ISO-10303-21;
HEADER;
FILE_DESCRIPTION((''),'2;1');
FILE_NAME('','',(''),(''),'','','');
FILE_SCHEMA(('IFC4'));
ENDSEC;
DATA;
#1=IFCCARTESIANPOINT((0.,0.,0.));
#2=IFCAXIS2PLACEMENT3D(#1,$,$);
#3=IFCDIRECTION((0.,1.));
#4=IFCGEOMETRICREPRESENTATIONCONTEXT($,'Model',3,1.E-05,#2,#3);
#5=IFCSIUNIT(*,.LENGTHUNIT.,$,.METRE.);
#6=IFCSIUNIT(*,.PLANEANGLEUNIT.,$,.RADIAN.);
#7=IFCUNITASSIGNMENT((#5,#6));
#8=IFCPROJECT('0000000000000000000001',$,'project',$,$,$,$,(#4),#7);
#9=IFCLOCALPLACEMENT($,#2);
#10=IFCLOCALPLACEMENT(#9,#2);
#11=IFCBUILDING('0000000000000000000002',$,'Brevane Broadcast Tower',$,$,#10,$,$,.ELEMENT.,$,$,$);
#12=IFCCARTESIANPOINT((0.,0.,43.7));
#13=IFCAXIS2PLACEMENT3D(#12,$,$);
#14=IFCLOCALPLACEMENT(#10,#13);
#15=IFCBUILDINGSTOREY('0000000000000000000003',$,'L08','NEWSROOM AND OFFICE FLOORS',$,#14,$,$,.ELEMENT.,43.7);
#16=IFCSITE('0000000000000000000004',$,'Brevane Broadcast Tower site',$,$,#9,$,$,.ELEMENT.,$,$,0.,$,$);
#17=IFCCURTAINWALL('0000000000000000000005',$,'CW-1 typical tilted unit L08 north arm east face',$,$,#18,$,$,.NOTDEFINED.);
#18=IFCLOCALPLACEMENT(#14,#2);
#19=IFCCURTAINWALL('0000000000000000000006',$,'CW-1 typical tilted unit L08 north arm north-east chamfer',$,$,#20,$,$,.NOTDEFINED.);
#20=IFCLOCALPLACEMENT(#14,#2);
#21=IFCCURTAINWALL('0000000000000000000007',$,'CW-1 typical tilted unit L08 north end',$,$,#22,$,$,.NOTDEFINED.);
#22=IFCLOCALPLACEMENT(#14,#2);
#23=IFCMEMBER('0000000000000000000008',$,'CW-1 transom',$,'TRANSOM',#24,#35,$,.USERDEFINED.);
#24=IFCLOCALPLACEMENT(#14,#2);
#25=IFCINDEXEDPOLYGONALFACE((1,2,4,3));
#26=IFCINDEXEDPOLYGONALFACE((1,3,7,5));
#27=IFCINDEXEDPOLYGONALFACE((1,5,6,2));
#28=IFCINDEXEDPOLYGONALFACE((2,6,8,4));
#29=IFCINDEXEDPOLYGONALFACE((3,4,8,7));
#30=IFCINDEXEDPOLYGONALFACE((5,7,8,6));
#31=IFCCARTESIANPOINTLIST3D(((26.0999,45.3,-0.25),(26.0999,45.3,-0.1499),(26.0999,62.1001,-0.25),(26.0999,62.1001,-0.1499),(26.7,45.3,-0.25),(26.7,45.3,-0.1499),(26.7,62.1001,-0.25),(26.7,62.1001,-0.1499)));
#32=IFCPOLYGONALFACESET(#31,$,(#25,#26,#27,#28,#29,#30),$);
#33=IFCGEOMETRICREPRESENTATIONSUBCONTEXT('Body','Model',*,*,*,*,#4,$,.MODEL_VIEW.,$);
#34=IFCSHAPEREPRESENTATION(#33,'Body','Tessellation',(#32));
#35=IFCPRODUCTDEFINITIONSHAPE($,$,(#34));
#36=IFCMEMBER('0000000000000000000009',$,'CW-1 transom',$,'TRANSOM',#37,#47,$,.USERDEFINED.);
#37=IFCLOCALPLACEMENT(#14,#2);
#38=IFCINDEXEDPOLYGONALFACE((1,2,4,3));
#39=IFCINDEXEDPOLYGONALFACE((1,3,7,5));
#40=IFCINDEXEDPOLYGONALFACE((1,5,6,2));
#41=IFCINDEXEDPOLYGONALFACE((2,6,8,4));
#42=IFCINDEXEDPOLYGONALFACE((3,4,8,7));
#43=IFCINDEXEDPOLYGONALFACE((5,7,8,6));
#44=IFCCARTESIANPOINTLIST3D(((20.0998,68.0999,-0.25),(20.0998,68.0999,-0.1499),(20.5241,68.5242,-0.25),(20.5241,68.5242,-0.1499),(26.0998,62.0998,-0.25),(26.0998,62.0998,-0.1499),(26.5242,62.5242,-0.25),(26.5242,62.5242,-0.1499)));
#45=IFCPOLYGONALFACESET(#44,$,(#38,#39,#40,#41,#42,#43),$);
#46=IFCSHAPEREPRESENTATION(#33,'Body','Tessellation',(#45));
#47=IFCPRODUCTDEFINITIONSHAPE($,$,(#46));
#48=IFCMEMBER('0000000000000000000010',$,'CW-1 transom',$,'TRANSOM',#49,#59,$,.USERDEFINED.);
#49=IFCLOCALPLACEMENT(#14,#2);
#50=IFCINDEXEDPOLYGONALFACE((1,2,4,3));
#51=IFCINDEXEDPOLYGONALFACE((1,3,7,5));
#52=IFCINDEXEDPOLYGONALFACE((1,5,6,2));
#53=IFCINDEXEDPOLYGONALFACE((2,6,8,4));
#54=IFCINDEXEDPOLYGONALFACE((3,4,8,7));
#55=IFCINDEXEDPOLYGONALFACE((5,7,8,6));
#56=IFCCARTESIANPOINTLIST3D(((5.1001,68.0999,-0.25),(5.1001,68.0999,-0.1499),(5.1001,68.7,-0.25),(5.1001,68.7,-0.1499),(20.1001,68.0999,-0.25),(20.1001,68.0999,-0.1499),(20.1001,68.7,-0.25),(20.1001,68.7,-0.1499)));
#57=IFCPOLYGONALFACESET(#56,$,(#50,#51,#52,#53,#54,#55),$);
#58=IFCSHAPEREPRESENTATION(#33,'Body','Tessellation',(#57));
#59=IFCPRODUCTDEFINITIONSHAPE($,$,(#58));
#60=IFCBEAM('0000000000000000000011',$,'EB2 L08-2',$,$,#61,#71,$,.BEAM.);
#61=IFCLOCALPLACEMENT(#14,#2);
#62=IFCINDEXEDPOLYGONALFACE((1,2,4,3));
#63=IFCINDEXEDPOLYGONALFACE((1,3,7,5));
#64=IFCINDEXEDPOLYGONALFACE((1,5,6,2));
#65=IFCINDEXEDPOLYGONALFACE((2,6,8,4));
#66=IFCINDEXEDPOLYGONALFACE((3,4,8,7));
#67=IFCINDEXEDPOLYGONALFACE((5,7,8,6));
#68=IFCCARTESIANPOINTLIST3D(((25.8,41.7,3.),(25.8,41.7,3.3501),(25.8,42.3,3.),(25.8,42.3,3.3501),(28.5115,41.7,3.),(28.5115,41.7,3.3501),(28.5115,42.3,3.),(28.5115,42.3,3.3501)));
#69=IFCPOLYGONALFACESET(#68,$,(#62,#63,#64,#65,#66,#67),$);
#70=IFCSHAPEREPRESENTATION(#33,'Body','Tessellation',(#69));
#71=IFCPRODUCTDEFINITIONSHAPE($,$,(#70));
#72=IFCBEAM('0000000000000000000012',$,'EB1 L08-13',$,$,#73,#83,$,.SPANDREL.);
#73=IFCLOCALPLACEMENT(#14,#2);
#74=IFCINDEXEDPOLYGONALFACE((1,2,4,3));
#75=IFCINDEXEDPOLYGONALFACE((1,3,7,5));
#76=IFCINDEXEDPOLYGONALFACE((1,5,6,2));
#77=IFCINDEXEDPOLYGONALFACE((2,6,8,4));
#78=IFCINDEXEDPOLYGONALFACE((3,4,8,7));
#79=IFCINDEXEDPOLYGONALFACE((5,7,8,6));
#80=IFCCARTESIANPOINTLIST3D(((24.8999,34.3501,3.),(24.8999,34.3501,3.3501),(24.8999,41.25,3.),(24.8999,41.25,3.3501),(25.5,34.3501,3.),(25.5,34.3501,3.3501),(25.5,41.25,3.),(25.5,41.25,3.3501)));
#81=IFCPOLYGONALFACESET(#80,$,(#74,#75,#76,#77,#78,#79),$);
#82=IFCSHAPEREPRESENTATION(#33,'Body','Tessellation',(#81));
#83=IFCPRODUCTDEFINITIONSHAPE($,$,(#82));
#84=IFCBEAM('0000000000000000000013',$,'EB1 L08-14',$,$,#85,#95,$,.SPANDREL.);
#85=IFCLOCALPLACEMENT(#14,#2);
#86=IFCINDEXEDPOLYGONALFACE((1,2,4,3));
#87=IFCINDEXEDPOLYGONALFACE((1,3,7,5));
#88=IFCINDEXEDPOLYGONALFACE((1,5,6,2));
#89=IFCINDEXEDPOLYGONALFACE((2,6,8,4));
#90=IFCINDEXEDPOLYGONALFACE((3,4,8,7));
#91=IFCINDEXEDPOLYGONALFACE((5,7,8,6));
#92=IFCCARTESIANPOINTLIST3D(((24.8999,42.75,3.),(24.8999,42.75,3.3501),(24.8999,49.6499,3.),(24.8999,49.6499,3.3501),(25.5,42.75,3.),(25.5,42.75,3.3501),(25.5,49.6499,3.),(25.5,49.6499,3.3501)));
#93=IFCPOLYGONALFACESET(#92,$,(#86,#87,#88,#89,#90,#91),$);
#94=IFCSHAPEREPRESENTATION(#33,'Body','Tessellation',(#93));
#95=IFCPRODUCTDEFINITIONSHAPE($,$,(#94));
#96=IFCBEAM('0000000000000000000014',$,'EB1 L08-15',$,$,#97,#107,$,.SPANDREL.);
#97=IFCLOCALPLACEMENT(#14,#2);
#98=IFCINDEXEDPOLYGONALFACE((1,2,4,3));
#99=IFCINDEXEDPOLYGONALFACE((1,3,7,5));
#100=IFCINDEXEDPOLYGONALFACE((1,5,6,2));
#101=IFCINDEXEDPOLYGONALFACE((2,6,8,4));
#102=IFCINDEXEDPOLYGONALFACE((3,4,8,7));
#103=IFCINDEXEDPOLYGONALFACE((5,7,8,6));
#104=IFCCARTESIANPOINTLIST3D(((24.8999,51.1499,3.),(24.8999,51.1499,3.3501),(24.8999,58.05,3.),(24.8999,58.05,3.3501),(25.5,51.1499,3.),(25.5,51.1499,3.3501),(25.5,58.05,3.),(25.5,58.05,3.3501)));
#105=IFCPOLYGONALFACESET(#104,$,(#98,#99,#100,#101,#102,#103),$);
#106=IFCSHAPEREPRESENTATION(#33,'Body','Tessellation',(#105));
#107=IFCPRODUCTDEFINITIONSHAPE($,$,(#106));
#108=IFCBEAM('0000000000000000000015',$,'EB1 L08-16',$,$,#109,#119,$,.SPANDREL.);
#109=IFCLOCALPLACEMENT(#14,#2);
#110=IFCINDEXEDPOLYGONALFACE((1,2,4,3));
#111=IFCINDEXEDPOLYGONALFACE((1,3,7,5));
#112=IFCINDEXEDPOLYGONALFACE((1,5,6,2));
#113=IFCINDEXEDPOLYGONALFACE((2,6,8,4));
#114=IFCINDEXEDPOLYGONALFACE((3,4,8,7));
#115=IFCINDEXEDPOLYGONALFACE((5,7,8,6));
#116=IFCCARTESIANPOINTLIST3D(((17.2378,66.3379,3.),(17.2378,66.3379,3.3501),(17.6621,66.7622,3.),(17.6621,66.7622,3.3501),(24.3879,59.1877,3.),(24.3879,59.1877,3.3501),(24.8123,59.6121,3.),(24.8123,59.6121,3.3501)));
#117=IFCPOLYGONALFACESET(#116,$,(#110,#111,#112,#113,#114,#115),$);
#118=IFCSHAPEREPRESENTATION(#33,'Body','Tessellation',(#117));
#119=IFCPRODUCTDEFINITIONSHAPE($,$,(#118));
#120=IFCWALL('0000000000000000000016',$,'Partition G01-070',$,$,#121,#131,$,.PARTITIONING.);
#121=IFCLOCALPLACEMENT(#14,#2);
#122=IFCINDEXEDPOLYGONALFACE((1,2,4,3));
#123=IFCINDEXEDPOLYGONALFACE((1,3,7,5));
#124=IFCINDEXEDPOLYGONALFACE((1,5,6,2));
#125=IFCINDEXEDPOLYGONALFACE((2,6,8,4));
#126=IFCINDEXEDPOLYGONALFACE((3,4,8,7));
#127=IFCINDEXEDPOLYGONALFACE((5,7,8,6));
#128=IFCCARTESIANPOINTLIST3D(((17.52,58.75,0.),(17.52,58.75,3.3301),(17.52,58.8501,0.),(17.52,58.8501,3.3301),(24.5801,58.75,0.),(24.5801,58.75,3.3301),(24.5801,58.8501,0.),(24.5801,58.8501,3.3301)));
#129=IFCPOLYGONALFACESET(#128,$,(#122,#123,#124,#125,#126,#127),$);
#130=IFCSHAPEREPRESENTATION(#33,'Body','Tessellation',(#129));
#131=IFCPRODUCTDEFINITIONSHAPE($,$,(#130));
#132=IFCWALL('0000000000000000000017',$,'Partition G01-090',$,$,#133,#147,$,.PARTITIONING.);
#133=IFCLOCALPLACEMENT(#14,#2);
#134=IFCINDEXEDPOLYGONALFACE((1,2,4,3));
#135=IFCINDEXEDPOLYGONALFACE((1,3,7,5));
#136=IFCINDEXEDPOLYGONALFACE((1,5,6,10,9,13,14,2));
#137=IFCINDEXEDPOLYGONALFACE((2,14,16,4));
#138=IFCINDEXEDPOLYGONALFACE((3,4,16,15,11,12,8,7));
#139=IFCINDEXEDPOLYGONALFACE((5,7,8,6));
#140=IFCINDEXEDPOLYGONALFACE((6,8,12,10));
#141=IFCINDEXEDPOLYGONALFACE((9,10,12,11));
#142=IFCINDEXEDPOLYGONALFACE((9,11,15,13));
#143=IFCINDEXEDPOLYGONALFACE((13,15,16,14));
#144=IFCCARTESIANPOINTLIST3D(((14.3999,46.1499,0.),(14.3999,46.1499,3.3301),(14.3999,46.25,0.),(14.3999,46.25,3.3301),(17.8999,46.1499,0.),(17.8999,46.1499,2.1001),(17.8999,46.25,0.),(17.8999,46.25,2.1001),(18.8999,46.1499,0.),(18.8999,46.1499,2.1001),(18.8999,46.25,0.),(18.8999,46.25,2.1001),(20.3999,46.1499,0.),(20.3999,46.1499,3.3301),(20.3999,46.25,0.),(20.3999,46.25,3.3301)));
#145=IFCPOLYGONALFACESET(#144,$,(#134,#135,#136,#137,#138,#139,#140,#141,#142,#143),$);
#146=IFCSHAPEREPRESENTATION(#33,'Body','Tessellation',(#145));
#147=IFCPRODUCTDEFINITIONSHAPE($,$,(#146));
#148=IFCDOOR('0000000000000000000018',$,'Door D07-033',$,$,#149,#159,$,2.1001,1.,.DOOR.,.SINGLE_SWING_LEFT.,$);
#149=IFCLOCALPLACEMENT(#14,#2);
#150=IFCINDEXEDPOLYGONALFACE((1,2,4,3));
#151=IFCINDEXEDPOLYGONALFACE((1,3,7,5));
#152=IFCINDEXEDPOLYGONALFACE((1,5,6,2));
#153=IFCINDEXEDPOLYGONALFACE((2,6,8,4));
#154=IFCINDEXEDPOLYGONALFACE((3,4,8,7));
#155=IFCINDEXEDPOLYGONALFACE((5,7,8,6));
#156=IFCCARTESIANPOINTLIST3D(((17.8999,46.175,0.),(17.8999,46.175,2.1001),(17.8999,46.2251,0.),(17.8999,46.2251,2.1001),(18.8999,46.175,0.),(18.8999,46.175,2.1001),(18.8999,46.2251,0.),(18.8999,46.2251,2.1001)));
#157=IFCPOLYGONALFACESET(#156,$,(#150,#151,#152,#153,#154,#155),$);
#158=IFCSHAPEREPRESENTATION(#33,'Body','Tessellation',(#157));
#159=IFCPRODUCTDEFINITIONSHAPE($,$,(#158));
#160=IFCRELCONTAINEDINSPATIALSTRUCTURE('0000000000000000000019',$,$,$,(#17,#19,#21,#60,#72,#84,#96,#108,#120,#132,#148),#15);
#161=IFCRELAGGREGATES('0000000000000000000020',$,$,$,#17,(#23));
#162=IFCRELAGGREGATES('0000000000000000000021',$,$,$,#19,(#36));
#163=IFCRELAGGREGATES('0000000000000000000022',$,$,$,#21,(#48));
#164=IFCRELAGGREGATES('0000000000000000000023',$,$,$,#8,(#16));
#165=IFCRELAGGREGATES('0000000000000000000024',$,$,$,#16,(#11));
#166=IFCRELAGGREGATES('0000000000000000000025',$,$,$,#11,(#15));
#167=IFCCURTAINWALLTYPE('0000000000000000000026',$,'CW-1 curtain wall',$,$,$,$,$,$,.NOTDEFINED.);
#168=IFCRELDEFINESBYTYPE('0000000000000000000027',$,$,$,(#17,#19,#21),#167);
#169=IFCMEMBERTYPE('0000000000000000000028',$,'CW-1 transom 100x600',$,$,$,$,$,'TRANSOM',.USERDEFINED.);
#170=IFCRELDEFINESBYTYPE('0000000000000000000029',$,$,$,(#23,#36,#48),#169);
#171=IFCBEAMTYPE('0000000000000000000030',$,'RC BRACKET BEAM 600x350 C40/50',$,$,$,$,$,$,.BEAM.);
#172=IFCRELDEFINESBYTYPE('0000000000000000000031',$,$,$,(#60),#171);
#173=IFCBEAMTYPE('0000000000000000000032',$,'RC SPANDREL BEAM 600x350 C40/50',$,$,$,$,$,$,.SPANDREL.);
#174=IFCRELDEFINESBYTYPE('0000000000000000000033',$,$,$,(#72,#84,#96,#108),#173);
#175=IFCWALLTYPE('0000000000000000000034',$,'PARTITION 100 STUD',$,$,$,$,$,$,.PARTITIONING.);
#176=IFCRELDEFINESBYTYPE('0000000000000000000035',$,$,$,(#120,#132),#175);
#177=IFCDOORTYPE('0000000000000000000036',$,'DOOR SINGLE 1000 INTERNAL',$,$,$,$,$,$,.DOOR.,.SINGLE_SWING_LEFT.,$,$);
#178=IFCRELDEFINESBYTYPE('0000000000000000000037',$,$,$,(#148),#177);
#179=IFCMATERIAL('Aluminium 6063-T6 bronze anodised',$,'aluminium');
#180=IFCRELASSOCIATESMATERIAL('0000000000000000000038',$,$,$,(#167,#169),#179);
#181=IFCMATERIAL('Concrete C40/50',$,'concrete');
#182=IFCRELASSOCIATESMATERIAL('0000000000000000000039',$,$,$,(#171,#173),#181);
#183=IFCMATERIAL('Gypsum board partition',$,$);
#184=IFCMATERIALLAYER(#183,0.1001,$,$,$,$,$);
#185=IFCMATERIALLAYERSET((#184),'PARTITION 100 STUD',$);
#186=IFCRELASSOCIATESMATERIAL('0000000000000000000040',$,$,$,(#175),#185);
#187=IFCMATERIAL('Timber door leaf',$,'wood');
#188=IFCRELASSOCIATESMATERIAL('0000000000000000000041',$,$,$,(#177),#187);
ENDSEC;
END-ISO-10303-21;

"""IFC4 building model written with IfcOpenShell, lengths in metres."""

from ifc_helpers import new_model, si_unit, direction, frame, frame_2d, origin, origin_2d, place, context, subcontext, project, spatial, rectangle, extrude, material, layer, layer_set, material_profile, profile_set, type_object, element, fill, aggregate, save


model = new_model("IFC4")

# Units and contexts
model_context = context("Model", 3, precision=1e-05, world=origin(), true_north=direction((0.0, 1.0)))
body_context = subcontext(model_context, "Body", "Model", "MODEL_VIEW")
ifc_project = project(units=[si_unit("LENGTHUNIT", "METRE"), si_unit("PLANEANGLEUNIT", "RADIAN")], contexts=[model_context])

# Site, building, storey
site_placement = place(None, origin())
site = spatial("IfcSite", under=ifc_project, at=site_placement, Name="Brevane Broadcast Tower site", CompositionType="ELEMENT", RefElevation=0.0)
building_placement = place(site_placement, origin())
building = spatial("IfcBuilding", under=site, at=building_placement, Name="Brevane Broadcast Tower", CompositionType="ELEMENT")
storey_placement = place(building_placement, frame((0.0, 0.0, 43.7)))
storey = spatial("IfcBuildingStorey", under=building, at=storey_placement, Name="L08", Description="NEWSROOM AND OFFICE FLOORS", CompositionType="ELEMENT", Elevation=43.7)

# Curtain walls
ifc_material_1 = material(Name="Aluminium 6063-T6 bronze anodised", Category="aluminium")
curtain_wall_type = type_object("IfcCurtainWallType", Name="CW-1 curtain wall", PredefinedType="NOTDEFINED", material=ifc_material_1)
curtain_wall_1_placement = place(storey_placement, origin())
curtain_wall_1 = element("IfcCurtainWall", 1, at=curtain_wall_1_placement, inside=storey, type_object=curtain_wall_type, Name="CW-1 typical tilted unit L08 north arm east face", PredefinedType="NOTDEFINED")
curtain_wall_2_placement = place(storey_placement, origin())
curtain_wall_2 = element("IfcCurtainWall", 2, at=curtain_wall_2_placement, inside=storey, type_object=curtain_wall_type, Name="CW-1 typical tilted unit L08 north arm north-east chamfer", PredefinedType="NOTDEFINED")

# Curtain wall
curtain_wall_3_placement = place(storey_placement, origin())
curtain_wall_3 = element("IfcCurtainWall", 3, at=curtain_wall_3_placement, inside=storey, type_object=curtain_wall_type, Name="CW-1 typical tilted unit L08 north end", PredefinedType="NOTDEFINED")

# Members
ifc_material_profile_1 = material_profile(ifc_material_1, rectangle(XDim=0.6001, YDim=0.1001, at=origin_2d()), Name="RECT 100x600")
ifc_profile_set_1 = profile_set([ifc_material_profile_1], Name="Aluminium 6063-T6 bronze anodised")
member_type_1 = type_object("IfcMemberType", Name="CW-1 transom 100x600", ElementType="TRANSOM", PredefinedType="USERDEFINED", material=ifc_profile_set_1)
member_1_placement = place(storey_placement, frame((26.3999, 45.3, -0.2), z_axis=(0.0, 1.0, 0.0), x_axis=(-1.0, 0.0, 0.0)))
member_1 = element("IfcMember", 4, at=member_1_placement, type_object=member_type_1, Name="CW-1 transom", ObjectType="TRANSOM", PredefinedType="USERDEFINED", context=body_context, shape_type="SweptSolid", body=[
    extrude(rectangle(XDim=0.6001, YDim=0.1001, at=origin_2d()), origin(), (0.0, 0.0, 1.0), 16.8),
])
aggregate(curtain_wall_1, [member_1])
member_2_placement = place(storey_placement, frame((26.312, 62.312, -0.2), z_axis=(-0.707107, 0.707107, 0.0), x_axis=(-0.707107, -0.707107, 0.0)))
member_2 = element("IfcMember", 5, at=member_2_placement, type_object=member_type_1, Name="CW-1 transom", ObjectType="TRANSOM", PredefinedType="USERDEFINED", context=body_context, shape_type="SweptSolid", body=[
    extrude(rectangle(XDim=0.6001, YDim=0.1001, at=origin_2d()), origin(), (0.0, 0.0, 1.0), 8.4854),
])
aggregate(curtain_wall_2, [member_2])
member_3_placement = place(storey_placement, frame((20.1001, 68.3999, -0.2), z_axis=(-1.0, 0.0, 0.0), x_axis=(0.0, -1.0, 0.0)))
member_3 = element("IfcMember", 6, at=member_3_placement, type_object=member_type_1, Name="CW-1 transom", ObjectType="TRANSOM", PredefinedType="USERDEFINED", context=body_context, shape_type="SweptSolid", body=[
    extrude(rectangle(XDim=0.6001, YDim=0.1001, at=origin_2d()), origin(), (0.0, 0.0, 1.0), 15.0),
])
aggregate(curtain_wall_3, [member_3])

# Beams
ifc_material_2 = material(Name="Concrete C40/50", Category="concrete")
ifc_material_profile_2 = material_profile(ifc_material_2, rectangle(XDim=0.6001, YDim=0.3501, at=origin_2d()), Name="RC 600x350")
ifc_profile_set_2 = profile_set([ifc_material_profile_2], Name="Concrete C40/50")
beam_type_1 = type_object("IfcBeamType", Name="RC BRACKET BEAM 600x350 C40/50", PredefinedType="BEAM", material=ifc_profile_set_2)
beam_1_placement = place(storey_placement, frame((25.8, 42.0, 3.175), z_axis=(1.0, 0.0, 0.0), x_axis=(0.0, 1.0, 0.0)))
element("IfcBeam", 7, at=beam_1_placement, inside=storey, type_object=beam_type_1, Name="EB2 L08-2", PredefinedType="BEAM", context=body_context, shape_type="SweptSolid", body=[
    extrude(rectangle(XDim=0.6001, YDim=0.3501, at=origin_2d()), origin(), (0.0, 0.0, 1.0), 2.7114),
])
ifc_material_profile_3 = material_profile(ifc_material_2, rectangle(XDim=0.6001, YDim=0.3501, at=origin_2d()), Name="RC 600x350")
ifc_profile_set_3 = profile_set([ifc_material_profile_3], Name="Concrete C40/50")
beam_type_2 = type_object("IfcBeamType", Name="RC SPANDREL BEAM 600x350 C40/50", PredefinedType="SPANDREL", material=ifc_profile_set_3)
for number, where, z_axis, x_axis, name in (
    (8, (25.2, 34.3501, 3.175), (0.0, 1.0, 0.0), (-1.0, 0.0, 0.0), "EB1 L08-13"),
    (9, (25.2, 42.75, 3.175), (0.0, 1.0, 0.0), (-1.0, 0.0, 0.0), "EB1 L08-14"),
):
    element("IfcBeam", number, at=place(storey_placement, frame(where, z_axis=z_axis, x_axis=x_axis)), inside=storey, type_object=beam_type_2, Name=name, PredefinedType="SPANDREL", context=body_context, shape_type="SweptSolid", body=[
        extrude(rectangle(XDim=0.6001, YDim=0.3501, at=origin_2d()), origin(), (0.0, 0.0, 1.0), 6.8999),
    ])
beam_2_placement = place(storey_placement, frame((25.2, 51.1499, 3.175), z_axis=(0.0, 1.0, 0.0), x_axis=(-1.0, 0.0, 0.0)))
element("IfcBeam", 10, at=beam_2_placement, inside=storey, type_object=beam_type_2, Name="EB1 L08-15", PredefinedType="SPANDREL", context=body_context, shape_type="SweptSolid", body=[
    extrude(rectangle(XDim=0.6001, YDim=0.3501, at=origin_2d()), origin(), (0.0, 0.0, 1.0), 6.9001),
])
beam_3_placement = place(storey_placement, frame((24.6001, 59.3999, 3.175), z_axis=(-0.707107, 0.707107, 0.0), x_axis=(-0.707107, -0.707107, 0.0)))
element("IfcBeam", 11, at=beam_3_placement, inside=storey, type_object=beam_type_2, Name="EB1 L08-16", PredefinedType="SPANDREL", context=body_context, shape_type="SweptSolid", body=[
    extrude(rectangle(XDim=0.6001, YDim=0.3501, at=origin_2d()), origin(), (0.0, 0.0, 1.0), 10.1118),
])

# Wall
ifc_material_3 = material(Name="Gypsum board partition")
ifc_layer_1 = layer(ifc_material_3, 0.1001)
ifc_layer_set_1 = layer_set([ifc_layer_1], Name="PARTITION 100 STUD")
wall_type_1 = type_object("IfcWallType", Name="PARTITION 100 STUD", PredefinedType="PARTITIONING", material=ifc_layer_set_1)
wall_1_placement = place(storey_placement, frame((24.5801, 58.8, 0.0), z_axis=(0.0, 0.0, 1.0), x_axis=(-1.0, 0.0, 0.0)))
element("IfcWall", 12, at=wall_1_placement, inside=storey, type_object=wall_type_1, Name="Partition G01-070", PredefinedType="PARTITIONING", context=body_context, shape_type="SweptSolid", body=[
    extrude(rectangle(XDim=7.0601, YDim=0.1001, at=frame_2d((3.53, 0.0))), origin(), (0.0, 0.0, 1.0), 3.3301),
])

# Wall, opening, door
wall_2_placement = place(storey_placement, frame((20.3999, 46.2, 0.0), z_axis=(0.0, 0.0, 1.0), x_axis=(-1.0, 0.0, 0.0)))
wall_2 = element("IfcWall", 13, at=wall_2_placement, inside=storey, type_object=wall_type_1, Name="Partition G01-090", PredefinedType="PARTITIONING", context=body_context, shape_type="SweptSolid", body=[
    extrude(rectangle(XDim=6.0, YDim=0.1001, at=frame_2d((3.0, 0.0))), origin(), (0.0, 0.0, 1.0), 3.3301),
])
opening_1_placement = place(wall_2_placement, frame((1.5, 0.0, 0.0)))
opening_1 = element("IfcOpeningElement", 14, at=opening_1_placement, cuts=wall_2, PredefinedType="OPENING", context=body_context, shape_type="SweptSolid", body=[
    extrude(rectangle(XDim=1.0, YDim=2.1001, at=frame_2d((0.5, 1.05))), frame((0.0, 0.0601, 0.0), z_axis=(0.0, -1.0, 0.0), x_axis=(1.0, 0.0, 0.0)), (0.0, 0.0, 1.0), 0.1201),
])
ifc_material_4 = material(Name="Timber door leaf", Category="wood")
door_type = type_object("IfcDoorType", Name="DOOR SINGLE 1000 INTERNAL", OperationType="SINGLE_SWING_LEFT", PredefinedType="DOOR", material=ifc_material_4)
door_1_placement = place(opening_1_placement, origin())
door_1 = element("IfcDoor", 15, at=door_1_placement, inside=storey, type_object=door_type, Name="Door D07-033", OperationType="SINGLE_SWING_LEFT", OverallHeight=2.1001, OverallWidth=1.0, PredefinedType="DOOR", context=body_context, shape_type="SweptSolid", body=[
    extrude(rectangle(XDim=1.0, YDim=2.1001, at=frame_2d((0.5, 1.05))), frame((0.0, 0.0249, 0.0), z_axis=(0.0, -1.0, 0.0), x_axis=(1.0, 0.0, 0.0)), (0.0, 0.0, 1.0), 0.05),
])
fill(opening_1, door_1)

save(model, "model.ifc")
